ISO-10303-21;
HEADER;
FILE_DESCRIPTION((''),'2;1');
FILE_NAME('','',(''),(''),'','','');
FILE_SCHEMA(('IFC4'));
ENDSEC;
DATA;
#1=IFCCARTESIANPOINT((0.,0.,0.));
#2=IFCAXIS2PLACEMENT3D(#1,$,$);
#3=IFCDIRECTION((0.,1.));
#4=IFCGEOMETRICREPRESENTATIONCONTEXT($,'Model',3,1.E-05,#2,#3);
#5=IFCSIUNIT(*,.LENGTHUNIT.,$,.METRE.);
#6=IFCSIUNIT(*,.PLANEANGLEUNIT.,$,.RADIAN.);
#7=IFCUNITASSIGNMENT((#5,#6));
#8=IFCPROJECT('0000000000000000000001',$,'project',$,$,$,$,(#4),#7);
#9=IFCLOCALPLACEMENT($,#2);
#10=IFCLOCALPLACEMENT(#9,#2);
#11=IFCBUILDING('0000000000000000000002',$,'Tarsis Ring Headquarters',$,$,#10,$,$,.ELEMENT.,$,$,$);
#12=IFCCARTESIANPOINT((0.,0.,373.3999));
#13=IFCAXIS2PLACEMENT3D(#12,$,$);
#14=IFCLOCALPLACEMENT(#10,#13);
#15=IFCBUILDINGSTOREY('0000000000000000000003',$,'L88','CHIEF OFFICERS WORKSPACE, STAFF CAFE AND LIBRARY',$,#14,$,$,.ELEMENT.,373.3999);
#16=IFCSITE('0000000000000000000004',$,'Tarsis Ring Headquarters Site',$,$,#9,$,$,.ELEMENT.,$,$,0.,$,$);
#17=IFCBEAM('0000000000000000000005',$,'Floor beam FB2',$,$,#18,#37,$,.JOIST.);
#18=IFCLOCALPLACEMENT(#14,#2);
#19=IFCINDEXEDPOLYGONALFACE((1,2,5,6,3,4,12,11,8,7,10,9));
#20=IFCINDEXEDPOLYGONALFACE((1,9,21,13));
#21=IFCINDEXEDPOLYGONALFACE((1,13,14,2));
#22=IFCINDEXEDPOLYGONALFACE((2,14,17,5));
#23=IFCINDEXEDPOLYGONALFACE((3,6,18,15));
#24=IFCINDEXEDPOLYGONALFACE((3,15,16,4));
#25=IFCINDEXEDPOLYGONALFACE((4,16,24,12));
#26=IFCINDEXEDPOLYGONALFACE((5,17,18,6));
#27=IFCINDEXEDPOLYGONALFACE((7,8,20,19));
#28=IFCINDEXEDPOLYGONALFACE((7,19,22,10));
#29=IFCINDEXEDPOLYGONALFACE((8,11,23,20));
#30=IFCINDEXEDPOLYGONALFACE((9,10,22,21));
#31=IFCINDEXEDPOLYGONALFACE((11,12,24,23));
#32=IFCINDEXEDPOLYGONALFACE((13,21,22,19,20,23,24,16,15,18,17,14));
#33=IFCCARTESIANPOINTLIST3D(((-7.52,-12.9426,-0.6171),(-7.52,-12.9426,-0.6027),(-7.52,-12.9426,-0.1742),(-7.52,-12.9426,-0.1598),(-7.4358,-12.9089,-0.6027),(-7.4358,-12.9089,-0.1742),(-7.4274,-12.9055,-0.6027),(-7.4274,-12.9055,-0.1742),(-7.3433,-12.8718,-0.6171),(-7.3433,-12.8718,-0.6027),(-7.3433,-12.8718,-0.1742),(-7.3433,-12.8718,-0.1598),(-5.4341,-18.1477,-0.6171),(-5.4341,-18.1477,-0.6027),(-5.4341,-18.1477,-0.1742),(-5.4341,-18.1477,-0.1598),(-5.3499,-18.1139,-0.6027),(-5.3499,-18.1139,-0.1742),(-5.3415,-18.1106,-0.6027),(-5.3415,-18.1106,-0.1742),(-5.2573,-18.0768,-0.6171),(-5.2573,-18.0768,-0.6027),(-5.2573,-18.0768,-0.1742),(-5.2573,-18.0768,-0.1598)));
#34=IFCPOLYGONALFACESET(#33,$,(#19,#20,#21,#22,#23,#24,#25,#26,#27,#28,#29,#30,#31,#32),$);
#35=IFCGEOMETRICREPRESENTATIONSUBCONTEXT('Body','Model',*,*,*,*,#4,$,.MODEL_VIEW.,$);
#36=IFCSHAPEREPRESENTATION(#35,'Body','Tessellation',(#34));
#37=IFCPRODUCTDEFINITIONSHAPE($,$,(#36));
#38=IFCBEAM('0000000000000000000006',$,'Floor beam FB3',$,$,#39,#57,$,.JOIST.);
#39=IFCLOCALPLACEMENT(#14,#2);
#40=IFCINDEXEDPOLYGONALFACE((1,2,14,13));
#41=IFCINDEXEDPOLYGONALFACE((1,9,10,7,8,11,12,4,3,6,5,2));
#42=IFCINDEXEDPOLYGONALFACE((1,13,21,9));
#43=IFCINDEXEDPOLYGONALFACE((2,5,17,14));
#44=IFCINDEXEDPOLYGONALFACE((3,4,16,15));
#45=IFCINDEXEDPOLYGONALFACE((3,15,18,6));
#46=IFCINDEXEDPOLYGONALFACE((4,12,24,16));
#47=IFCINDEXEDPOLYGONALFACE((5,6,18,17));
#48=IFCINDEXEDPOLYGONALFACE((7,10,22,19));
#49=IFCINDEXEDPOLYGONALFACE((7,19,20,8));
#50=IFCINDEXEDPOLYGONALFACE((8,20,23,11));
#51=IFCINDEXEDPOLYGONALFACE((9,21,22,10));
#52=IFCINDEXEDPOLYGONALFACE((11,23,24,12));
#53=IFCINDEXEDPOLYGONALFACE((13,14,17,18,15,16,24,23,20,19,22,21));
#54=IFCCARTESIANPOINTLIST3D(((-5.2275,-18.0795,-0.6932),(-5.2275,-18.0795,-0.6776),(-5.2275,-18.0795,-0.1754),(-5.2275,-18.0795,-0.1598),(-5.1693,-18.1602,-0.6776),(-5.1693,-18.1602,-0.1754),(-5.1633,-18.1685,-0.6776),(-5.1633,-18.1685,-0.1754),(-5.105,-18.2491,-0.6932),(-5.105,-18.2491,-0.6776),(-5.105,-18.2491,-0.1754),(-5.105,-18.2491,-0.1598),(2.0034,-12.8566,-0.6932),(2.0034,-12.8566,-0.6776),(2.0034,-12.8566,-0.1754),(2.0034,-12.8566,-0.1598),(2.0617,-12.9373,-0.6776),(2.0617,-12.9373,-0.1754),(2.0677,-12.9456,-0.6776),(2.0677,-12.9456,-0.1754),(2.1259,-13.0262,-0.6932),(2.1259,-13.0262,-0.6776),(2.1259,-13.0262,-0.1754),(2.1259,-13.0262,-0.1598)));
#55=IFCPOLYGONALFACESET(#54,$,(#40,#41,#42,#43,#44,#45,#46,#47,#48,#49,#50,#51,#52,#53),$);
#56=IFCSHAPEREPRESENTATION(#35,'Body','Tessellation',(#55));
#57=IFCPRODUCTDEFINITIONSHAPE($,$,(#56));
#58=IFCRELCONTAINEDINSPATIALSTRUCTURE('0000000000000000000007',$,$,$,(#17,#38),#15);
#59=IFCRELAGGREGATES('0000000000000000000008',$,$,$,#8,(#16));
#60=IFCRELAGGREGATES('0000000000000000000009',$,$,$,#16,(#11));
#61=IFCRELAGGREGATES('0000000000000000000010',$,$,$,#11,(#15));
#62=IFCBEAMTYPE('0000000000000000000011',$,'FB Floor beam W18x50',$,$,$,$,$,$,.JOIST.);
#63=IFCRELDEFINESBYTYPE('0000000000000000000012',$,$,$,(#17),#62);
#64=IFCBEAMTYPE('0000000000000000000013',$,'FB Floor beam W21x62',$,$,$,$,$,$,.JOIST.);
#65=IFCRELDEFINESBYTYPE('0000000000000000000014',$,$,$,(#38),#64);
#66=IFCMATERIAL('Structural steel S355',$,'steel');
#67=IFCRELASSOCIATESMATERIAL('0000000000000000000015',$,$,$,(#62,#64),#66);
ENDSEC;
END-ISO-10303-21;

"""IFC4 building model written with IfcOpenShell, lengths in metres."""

from ifc_helpers import new_model, si_unit, direction, frame, origin, origin_2d, place, context, subcontext, project, spatial, i_section, extrude, material, material_profile, profile_set, type_object, element, save


model = new_model("IFC4")

# Units and contexts
model_context = context("Model", 3, precision=1e-05, world=origin(), true_north=direction((0.0, 1.0)))
body_context = subcontext(model_context, "Body", "Model", "MODEL_VIEW")
ifc_project = project(units=[si_unit("LENGTHUNIT", "METRE"), si_unit("PLANEANGLEUNIT", "RADIAN")], contexts=[model_context])

# Site, building, storey
site_placement = place(None, origin())
site = spatial("IfcSite", under=ifc_project, at=site_placement, Name="Tarsis Ring Headquarters Site", CompositionType="ELEMENT", RefElevation=0.0)
building_placement = place(site_placement, origin())
building = spatial("IfcBuilding", under=site, at=building_placement, Name="Tarsis Ring Headquarters", CompositionType="ELEMENT")
storey_placement = place(building_placement, frame((0.0, 0.0, 373.3999)))
storey = spatial("IfcBuildingStorey", under=building, at=storey_placement, Name="L88", Description="CHIEF OFFICERS WORKSPACE, STAFF CAFE AND LIBRARY", CompositionType="ELEMENT", Elevation=373.3999)

# Beams
ifc_material_1 = material(Name="Structural steel S355", Category="steel")
ifc_material_profile_1 = material_profile(ifc_material_1, i_section(OverallWidth=0.1904, OverallDepth=0.4573, WebThickness=0.009, FlangeThickness=0.0144, at=origin_2d()), Name="W18x50")
ifc_profile_set_1 = profile_set([ifc_material_profile_1], Name="Structural steel S355")
beam_type_1 = type_object("IfcBeamType", Name="FB Floor beam W18x50", PredefinedType="JOIST", material=ifc_profile_set_1)
beam_1_placement = place(storey_placement, frame((-7.4316, -12.9072, -0.3884), z_axis=(0.371991, -0.928236, 0.0), x_axis=(0.928236, 0.371991, 0.0)))
element("IfcBeam", 1, at=beam_1_placement, inside=storey, type_object=beam_type_1, Name="Floor beam FB2", PredefinedType="JOIST", context=body_context, shape_type="SweptSolid", body=[
    extrude(i_section(OverallWidth=0.1904, OverallDepth=0.4573, WebThickness=0.009, FlangeThickness=0.0144, at=origin_2d()), origin(), (0.0, 0.0, 1.0), 5.6074),
])
ifc_material_profile_2 = material_profile(ifc_material_1, i_section(OverallWidth=0.2092, OverallDepth=0.5334, WebThickness=0.0103, FlangeThickness=0.0156, at=origin_2d()), Name="W21x62")
ifc_profile_set_2 = profile_set([ifc_material_profile_2], Name="Structural steel S355")
beam_type_2 = type_object("IfcBeamType", Name="FB Floor beam W21x62", PredefinedType="JOIST", material=ifc_profile_set_2)
beam_2_placement = place(storey_placement, frame((-5.1663, -18.1643, -0.4265), z_axis=(0.81065, 0.585531, 0.0), x_axis=(-0.585531, 0.81065, 0.0)))
element("IfcBeam", 2, at=beam_2_placement, inside=storey, type_object=beam_type_2, Name="Floor beam FB3", PredefinedType="JOIST", context=body_context, shape_type="SweptSolid", body=[
    extrude(i_section(OverallWidth=0.2092, OverallDepth=0.5334, WebThickness=0.0103, FlangeThickness=0.0156, at=origin_2d()), origin(), (0.0, 0.0, 1.0), 8.9199),
])

save(model, "model.ifc")
